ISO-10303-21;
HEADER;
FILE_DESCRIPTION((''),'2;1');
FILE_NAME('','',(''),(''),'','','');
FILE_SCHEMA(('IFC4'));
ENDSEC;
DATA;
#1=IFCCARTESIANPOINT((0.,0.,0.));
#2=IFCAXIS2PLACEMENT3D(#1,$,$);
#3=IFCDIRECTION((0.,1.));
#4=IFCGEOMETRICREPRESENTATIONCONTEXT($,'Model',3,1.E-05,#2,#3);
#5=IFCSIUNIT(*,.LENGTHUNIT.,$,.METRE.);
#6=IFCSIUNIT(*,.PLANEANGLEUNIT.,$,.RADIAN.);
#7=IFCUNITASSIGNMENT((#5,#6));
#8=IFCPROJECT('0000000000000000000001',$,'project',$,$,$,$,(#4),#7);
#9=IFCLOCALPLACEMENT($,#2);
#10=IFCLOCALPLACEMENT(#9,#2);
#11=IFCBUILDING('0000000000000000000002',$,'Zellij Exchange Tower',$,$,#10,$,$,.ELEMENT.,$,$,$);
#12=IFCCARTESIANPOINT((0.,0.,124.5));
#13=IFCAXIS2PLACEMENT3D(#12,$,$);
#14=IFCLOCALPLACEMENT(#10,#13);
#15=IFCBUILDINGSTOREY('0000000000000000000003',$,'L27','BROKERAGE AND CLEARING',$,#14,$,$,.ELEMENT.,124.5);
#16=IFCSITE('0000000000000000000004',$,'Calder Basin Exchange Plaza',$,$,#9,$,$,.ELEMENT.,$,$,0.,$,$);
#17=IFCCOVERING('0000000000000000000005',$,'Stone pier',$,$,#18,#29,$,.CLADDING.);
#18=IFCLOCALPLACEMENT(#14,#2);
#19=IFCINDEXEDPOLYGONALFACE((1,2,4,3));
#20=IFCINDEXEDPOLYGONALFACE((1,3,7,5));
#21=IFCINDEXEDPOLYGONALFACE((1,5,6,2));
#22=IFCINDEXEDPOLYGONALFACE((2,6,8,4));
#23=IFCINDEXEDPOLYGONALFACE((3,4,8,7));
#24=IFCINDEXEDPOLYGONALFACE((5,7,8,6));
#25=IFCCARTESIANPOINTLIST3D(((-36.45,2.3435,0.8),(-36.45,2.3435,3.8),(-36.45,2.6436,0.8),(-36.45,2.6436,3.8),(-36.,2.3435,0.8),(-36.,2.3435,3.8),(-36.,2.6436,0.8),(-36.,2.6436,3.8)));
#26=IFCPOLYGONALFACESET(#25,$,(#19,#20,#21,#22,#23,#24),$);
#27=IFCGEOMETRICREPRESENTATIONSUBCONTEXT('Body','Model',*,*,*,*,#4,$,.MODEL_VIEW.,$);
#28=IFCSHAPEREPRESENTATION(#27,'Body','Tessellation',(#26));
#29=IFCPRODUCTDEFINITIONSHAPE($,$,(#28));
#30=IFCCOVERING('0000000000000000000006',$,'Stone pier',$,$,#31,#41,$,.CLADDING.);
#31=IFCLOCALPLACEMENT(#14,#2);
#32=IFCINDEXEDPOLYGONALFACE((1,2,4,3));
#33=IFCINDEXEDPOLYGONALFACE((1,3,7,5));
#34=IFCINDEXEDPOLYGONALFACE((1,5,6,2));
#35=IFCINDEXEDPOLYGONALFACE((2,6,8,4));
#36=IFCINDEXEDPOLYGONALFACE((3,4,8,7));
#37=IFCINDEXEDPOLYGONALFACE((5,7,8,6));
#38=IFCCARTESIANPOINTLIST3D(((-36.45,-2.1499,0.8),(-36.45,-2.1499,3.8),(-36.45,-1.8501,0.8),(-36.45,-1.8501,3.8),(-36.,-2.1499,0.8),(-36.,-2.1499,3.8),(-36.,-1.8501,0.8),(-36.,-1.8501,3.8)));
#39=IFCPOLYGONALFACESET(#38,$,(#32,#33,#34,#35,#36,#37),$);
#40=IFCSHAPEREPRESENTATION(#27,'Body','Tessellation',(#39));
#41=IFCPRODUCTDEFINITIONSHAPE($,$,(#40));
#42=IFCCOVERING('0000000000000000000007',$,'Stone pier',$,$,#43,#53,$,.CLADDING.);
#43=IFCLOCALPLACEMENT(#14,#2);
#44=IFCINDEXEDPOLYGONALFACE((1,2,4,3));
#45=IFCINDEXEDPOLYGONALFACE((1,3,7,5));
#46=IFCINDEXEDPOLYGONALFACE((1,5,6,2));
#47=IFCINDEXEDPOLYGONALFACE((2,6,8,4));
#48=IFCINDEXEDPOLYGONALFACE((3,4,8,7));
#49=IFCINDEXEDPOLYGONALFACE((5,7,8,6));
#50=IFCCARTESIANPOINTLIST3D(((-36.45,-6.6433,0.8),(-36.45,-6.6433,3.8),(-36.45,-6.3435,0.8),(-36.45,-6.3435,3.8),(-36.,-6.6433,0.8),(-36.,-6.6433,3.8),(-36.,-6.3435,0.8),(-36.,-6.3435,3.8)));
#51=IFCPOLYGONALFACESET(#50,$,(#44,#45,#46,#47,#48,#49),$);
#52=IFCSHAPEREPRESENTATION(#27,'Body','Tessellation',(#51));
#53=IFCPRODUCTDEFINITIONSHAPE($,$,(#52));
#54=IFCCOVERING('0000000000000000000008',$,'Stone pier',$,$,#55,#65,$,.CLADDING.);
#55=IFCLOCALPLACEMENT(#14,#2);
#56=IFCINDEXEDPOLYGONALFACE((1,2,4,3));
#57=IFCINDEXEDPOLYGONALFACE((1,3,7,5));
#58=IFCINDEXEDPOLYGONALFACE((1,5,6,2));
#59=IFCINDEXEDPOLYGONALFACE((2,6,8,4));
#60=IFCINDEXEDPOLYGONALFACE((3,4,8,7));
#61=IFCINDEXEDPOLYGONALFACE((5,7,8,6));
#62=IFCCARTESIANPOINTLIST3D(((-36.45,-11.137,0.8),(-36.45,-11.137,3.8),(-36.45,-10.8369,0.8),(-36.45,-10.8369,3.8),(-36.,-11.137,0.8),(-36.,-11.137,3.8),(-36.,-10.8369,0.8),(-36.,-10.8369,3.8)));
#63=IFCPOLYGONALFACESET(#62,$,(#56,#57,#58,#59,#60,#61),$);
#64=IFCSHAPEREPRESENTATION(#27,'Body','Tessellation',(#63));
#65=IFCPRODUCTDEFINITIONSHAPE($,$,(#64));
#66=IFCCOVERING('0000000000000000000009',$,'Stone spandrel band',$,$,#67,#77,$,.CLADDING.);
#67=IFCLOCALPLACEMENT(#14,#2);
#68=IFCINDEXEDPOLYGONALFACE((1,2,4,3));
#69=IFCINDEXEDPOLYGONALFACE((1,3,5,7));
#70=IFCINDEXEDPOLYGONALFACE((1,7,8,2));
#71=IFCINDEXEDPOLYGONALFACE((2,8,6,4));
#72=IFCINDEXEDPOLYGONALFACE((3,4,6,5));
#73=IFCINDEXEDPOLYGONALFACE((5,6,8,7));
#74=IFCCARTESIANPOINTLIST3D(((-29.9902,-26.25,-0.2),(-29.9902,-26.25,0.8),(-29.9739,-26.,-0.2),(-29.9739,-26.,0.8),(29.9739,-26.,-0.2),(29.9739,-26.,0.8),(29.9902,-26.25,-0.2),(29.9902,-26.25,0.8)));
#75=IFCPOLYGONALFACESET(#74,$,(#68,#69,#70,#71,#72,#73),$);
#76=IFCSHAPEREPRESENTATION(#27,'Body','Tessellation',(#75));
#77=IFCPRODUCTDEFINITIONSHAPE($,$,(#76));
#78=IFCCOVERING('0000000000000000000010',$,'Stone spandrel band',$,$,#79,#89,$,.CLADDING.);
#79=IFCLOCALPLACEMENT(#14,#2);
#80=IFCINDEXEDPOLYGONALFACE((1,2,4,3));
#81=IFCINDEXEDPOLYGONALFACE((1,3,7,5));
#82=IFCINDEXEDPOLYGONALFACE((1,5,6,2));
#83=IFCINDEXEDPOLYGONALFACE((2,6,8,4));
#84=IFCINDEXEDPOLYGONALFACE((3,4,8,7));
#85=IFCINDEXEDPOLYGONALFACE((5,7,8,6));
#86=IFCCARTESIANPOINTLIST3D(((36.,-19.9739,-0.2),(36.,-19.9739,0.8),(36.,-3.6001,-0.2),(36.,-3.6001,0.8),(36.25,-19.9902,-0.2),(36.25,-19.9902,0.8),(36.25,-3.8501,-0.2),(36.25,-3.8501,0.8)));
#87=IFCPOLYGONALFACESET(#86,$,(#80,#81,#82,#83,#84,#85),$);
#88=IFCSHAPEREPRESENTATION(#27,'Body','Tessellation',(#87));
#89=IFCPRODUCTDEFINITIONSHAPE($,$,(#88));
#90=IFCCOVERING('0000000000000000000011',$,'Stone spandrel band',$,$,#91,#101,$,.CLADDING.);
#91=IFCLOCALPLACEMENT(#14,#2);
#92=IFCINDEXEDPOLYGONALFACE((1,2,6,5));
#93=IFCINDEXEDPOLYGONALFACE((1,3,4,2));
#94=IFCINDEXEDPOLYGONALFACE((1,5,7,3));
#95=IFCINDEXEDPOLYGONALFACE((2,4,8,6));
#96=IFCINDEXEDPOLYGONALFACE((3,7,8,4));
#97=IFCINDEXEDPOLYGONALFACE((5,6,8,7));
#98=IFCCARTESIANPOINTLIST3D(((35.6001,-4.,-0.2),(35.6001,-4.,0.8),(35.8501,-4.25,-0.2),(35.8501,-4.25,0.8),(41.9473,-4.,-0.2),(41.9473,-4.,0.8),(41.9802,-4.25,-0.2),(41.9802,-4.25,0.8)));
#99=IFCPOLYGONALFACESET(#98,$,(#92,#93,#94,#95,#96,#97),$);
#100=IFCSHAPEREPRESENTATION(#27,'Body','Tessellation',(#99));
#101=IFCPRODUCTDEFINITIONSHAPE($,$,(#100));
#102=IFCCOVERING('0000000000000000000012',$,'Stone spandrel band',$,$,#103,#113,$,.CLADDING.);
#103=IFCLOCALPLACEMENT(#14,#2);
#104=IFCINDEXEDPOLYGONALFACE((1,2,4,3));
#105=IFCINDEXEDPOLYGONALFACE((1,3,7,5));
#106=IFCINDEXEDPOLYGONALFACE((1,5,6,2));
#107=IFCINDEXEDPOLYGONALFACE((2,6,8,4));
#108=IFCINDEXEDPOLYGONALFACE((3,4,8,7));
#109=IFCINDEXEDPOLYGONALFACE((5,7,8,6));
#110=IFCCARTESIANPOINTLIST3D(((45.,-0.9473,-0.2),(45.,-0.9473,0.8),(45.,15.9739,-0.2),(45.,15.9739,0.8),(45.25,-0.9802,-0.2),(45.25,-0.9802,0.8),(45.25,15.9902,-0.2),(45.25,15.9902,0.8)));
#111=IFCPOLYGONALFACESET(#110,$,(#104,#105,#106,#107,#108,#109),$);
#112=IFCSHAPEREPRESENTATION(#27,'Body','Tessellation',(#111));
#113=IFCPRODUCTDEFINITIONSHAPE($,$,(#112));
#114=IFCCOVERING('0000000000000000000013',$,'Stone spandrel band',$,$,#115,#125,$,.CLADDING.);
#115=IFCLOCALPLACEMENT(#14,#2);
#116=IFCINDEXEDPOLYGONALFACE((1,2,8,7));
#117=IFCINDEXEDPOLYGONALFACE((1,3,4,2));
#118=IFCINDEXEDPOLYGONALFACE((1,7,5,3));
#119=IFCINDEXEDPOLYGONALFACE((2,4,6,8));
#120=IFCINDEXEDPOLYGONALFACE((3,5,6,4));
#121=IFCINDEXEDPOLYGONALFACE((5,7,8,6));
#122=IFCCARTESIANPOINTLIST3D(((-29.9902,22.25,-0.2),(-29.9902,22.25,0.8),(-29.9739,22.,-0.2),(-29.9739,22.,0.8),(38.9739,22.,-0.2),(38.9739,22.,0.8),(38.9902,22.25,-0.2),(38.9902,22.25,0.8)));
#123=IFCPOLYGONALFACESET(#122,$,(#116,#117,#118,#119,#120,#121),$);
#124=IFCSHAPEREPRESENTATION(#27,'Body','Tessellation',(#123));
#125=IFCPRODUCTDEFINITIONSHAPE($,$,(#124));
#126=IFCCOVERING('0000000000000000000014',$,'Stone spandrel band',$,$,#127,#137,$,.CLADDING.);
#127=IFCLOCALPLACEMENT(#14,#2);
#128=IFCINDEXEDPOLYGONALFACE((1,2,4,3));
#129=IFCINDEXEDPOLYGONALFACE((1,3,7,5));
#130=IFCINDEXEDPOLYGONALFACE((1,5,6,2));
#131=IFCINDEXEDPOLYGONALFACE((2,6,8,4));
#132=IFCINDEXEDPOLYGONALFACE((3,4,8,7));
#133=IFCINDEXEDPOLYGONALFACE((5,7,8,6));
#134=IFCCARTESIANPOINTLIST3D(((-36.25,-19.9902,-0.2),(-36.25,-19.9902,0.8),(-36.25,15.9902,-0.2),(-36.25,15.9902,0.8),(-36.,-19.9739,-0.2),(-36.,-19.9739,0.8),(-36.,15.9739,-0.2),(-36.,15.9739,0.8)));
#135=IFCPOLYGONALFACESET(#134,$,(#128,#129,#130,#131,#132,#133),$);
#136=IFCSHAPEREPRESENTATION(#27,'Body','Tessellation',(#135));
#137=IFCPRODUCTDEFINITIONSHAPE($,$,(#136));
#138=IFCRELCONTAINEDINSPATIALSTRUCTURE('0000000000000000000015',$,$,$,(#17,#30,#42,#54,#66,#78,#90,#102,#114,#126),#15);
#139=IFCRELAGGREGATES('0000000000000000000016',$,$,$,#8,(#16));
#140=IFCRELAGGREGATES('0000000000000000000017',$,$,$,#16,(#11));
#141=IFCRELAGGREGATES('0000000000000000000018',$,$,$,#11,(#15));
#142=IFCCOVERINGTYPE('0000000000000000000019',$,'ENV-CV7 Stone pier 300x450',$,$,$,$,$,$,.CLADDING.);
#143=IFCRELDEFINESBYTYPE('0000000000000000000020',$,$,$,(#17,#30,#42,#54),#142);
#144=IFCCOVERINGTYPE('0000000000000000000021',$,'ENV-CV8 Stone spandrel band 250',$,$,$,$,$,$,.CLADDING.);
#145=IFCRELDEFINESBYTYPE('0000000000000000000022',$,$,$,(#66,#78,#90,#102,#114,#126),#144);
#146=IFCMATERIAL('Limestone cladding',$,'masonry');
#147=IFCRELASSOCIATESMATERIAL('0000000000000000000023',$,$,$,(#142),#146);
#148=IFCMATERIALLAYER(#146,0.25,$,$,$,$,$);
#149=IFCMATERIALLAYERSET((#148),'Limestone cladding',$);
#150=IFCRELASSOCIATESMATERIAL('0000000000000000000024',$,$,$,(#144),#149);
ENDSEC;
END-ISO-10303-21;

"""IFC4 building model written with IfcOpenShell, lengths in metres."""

from ifc_helpers import new_model, si_unit, direction, frame, origin, place, context, subcontext, project, spatial, polyline, outline, extrude, material, layer, layer_set, type_object, element, save


model = new_model("IFC4")

# Units and contexts
model_context = context("Model", 3, precision=1e-05, world=origin(), true_north=direction((0.0, 1.0)))
body_context = subcontext(model_context, "Body", "Model", "MODEL_VIEW")
ifc_project = project(units=[si_unit("LENGTHUNIT", "METRE"), si_unit("PLANEANGLEUNIT", "RADIAN")], contexts=[model_context])

# Site, building, storey
site_placement = place(None, origin())
site = spatial("IfcSite", under=ifc_project, at=site_placement, Name="Calder Basin Exchange Plaza", CompositionType="ELEMENT", RefElevation=0.0)
building_placement = place(site_placement, origin())
building = spatial("IfcBuilding", under=site, at=building_placement, Name="Zellij Exchange Tower", CompositionType="ELEMENT")
storey_placement = place(building_placement, frame((0.0, 0.0, 124.5)))
storey = spatial("IfcBuildingStorey", under=building, at=storey_placement, Name="L27", Description="BROKERAGE AND CLEARING", CompositionType="ELEMENT", Elevation=124.5)

# Coverings
ifc_material_1 = material(Name="Limestone cladding", Category="masonry")
covering_type_1 = type_object("IfcCoveringType", Name="ENV-CV7 Stone pier 300x450", PredefinedType="CLADDING", material=ifc_material_1)
covering_1_placement = place(storey_placement, frame((0.0, 0.0, 0.8)))
element("IfcCovering", 1, at=covering_1_placement, inside=storey, type_object=covering_type_1, Name="Stone pier", PredefinedType="CLADDING", context=body_context, shape_type="SweptSolid", body=[
    extrude(outline(polyline([(-36.0, 2.6436), (-36.0, 2.3435), (-36.45, 2.3435), (-36.45, 2.6436), (-36.0, 2.6436)])), origin(), (0.0, 0.0, 1.0), 3.0),
])
covering_2_placement = place(storey_placement, frame((0.0, 0.0, 0.8)))
element("IfcCovering", 2, at=covering_2_placement, inside=storey, type_object=covering_type_1, Name="Stone pier", PredefinedType="CLADDING", context=body_context, shape_type="SweptSolid", body=[
    extrude(outline(polyline([(-36.0, -1.8501), (-36.0, -2.1499), (-36.45, -2.1499), (-36.45, -1.8501), (-36.0, -1.8501)])), origin(), (0.0, 0.0, 1.0), 3.0),
])
covering_3_placement = place(storey_placement, frame((0.0, 0.0, 0.8)))
element("IfcCovering", 3, at=covering_3_placement, inside=storey, type_object=covering_type_1, Name="Stone pier", PredefinedType="CLADDING", context=body_context, shape_type="SweptSolid", body=[
    extrude(outline(polyline([(-36.0, -6.3435), (-36.0, -6.6433), (-36.45, -6.6433), (-36.45, -6.3435), (-36.0, -6.3435)])), origin(), (0.0, 0.0, 1.0), 3.0),
])
covering_4_placement = place(storey_placement, frame((0.0, 0.0, 0.8)))
element("IfcCovering", 4, at=covering_4_placement, inside=storey, type_object=covering_type_1, Name="Stone pier", PredefinedType="CLADDING", context=body_context, shape_type="SweptSolid", body=[
    extrude(outline(polyline([(-36.0, -10.8369), (-36.0, -11.137), (-36.45, -11.137), (-36.45, -10.8369), (-36.0, -10.8369)])), origin(), (0.0, 0.0, 1.0), 3.0),
])
ifc_layer_1 = layer(ifc_material_1, 0.25)
ifc_layer_set_1 = layer_set([ifc_layer_1], Name="Limestone cladding")
covering_type_2 = type_object("IfcCoveringType", Name="ENV-CV8 Stone spandrel band 250", PredefinedType="CLADDING", material=ifc_layer_set_1)
covering_5_placement = place(storey_placement, frame((0.0, 0.0, -0.2)))
element("IfcCovering", 5, at=covering_5_placement, inside=storey, type_object=covering_type_2, Name="Stone spandrel band", PredefinedType="CLADDING", context=body_context, shape_type="SweptSolid", body=[
    extrude(outline(polyline([(-29.9739, -26.0), (29.9739, -26.0), (29.9902, -26.25), (-29.9902, -26.25), (-29.9739, -26.0)])), origin(), (0.0, 0.0, 1.0), 1.0),
])
covering_6_placement = place(storey_placement, frame((0.0, 0.0, -0.2)))
element("IfcCovering", 6, at=covering_6_placement, inside=storey, type_object=covering_type_2, Name="Stone spandrel band", PredefinedType="CLADDING", context=body_context, shape_type="SweptSolid", body=[
    extrude(outline(polyline([(36.0, -19.9739), (36.0, -3.6001), (36.25, -3.8501), (36.25, -19.9902), (36.0, -19.9739)])), origin(), (0.0, 0.0, 1.0), 1.0),
])
covering_7_placement = place(storey_placement, frame((0.0, 0.0, -0.2)))
element("IfcCovering", 7, at=covering_7_placement, inside=storey, type_object=covering_type_2, Name="Stone spandrel band", PredefinedType="CLADDING", context=body_context, shape_type="SweptSolid", body=[
    extrude(outline(polyline([(35.6001, -4.0), (41.9473, -4.0), (41.9802, -4.25), (35.8501, -4.25), (35.6001, -4.0)])), origin(), (0.0, 0.0, 1.0), 1.0),
])
covering_8_placement = place(storey_placement, frame((0.0, 0.0, -0.2)))
element("IfcCovering", 8, at=covering_8_placement, inside=storey, type_object=covering_type_2, Name="Stone spandrel band", PredefinedType="CLADDING", context=body_context, shape_type="SweptSolid", body=[
    extrude(outline(polyline([(45.0, -0.9473), (45.0, 15.9739), (45.25, 15.9902), (45.25, -0.9802), (45.0, -0.9473)])), origin(), (0.0, 0.0, 1.0), 1.0),
])
covering_9_placement = place(storey_placement, frame((0.0, 0.0, -0.2)))
element("IfcCovering", 9, at=covering_9_placement, inside=storey, type_object=covering_type_2, Name="Stone spandrel band", PredefinedType="CLADDING", context=body_context, shape_type="SweptSolid", body=[
    extrude(outline(polyline([(38.9739, 22.0), (-29.9739, 22.0), (-29.9902, 22.25), (38.9902, 22.25), (38.9739, 22.0)])), origin(), (0.0, 0.0, 1.0), 1.0),
])
covering_10_placement = place(storey_placement, frame((0.0, 0.0, -0.2)))
element("IfcCovering", 10, at=covering_10_placement, inside=storey, type_object=covering_type_2, Name="Stone spandrel band", PredefinedType="CLADDING", context=body_context, shape_type="SweptSolid", body=[
    extrude(outline(polyline([(-36.0, 15.9739), (-36.0, -19.9739), (-36.25, -19.9902), (-36.25, 15.9902), (-36.0, 15.9739)])), origin(), (0.0, 0.0, 1.0), 1.0),
])

save(model, "model.ifc")
